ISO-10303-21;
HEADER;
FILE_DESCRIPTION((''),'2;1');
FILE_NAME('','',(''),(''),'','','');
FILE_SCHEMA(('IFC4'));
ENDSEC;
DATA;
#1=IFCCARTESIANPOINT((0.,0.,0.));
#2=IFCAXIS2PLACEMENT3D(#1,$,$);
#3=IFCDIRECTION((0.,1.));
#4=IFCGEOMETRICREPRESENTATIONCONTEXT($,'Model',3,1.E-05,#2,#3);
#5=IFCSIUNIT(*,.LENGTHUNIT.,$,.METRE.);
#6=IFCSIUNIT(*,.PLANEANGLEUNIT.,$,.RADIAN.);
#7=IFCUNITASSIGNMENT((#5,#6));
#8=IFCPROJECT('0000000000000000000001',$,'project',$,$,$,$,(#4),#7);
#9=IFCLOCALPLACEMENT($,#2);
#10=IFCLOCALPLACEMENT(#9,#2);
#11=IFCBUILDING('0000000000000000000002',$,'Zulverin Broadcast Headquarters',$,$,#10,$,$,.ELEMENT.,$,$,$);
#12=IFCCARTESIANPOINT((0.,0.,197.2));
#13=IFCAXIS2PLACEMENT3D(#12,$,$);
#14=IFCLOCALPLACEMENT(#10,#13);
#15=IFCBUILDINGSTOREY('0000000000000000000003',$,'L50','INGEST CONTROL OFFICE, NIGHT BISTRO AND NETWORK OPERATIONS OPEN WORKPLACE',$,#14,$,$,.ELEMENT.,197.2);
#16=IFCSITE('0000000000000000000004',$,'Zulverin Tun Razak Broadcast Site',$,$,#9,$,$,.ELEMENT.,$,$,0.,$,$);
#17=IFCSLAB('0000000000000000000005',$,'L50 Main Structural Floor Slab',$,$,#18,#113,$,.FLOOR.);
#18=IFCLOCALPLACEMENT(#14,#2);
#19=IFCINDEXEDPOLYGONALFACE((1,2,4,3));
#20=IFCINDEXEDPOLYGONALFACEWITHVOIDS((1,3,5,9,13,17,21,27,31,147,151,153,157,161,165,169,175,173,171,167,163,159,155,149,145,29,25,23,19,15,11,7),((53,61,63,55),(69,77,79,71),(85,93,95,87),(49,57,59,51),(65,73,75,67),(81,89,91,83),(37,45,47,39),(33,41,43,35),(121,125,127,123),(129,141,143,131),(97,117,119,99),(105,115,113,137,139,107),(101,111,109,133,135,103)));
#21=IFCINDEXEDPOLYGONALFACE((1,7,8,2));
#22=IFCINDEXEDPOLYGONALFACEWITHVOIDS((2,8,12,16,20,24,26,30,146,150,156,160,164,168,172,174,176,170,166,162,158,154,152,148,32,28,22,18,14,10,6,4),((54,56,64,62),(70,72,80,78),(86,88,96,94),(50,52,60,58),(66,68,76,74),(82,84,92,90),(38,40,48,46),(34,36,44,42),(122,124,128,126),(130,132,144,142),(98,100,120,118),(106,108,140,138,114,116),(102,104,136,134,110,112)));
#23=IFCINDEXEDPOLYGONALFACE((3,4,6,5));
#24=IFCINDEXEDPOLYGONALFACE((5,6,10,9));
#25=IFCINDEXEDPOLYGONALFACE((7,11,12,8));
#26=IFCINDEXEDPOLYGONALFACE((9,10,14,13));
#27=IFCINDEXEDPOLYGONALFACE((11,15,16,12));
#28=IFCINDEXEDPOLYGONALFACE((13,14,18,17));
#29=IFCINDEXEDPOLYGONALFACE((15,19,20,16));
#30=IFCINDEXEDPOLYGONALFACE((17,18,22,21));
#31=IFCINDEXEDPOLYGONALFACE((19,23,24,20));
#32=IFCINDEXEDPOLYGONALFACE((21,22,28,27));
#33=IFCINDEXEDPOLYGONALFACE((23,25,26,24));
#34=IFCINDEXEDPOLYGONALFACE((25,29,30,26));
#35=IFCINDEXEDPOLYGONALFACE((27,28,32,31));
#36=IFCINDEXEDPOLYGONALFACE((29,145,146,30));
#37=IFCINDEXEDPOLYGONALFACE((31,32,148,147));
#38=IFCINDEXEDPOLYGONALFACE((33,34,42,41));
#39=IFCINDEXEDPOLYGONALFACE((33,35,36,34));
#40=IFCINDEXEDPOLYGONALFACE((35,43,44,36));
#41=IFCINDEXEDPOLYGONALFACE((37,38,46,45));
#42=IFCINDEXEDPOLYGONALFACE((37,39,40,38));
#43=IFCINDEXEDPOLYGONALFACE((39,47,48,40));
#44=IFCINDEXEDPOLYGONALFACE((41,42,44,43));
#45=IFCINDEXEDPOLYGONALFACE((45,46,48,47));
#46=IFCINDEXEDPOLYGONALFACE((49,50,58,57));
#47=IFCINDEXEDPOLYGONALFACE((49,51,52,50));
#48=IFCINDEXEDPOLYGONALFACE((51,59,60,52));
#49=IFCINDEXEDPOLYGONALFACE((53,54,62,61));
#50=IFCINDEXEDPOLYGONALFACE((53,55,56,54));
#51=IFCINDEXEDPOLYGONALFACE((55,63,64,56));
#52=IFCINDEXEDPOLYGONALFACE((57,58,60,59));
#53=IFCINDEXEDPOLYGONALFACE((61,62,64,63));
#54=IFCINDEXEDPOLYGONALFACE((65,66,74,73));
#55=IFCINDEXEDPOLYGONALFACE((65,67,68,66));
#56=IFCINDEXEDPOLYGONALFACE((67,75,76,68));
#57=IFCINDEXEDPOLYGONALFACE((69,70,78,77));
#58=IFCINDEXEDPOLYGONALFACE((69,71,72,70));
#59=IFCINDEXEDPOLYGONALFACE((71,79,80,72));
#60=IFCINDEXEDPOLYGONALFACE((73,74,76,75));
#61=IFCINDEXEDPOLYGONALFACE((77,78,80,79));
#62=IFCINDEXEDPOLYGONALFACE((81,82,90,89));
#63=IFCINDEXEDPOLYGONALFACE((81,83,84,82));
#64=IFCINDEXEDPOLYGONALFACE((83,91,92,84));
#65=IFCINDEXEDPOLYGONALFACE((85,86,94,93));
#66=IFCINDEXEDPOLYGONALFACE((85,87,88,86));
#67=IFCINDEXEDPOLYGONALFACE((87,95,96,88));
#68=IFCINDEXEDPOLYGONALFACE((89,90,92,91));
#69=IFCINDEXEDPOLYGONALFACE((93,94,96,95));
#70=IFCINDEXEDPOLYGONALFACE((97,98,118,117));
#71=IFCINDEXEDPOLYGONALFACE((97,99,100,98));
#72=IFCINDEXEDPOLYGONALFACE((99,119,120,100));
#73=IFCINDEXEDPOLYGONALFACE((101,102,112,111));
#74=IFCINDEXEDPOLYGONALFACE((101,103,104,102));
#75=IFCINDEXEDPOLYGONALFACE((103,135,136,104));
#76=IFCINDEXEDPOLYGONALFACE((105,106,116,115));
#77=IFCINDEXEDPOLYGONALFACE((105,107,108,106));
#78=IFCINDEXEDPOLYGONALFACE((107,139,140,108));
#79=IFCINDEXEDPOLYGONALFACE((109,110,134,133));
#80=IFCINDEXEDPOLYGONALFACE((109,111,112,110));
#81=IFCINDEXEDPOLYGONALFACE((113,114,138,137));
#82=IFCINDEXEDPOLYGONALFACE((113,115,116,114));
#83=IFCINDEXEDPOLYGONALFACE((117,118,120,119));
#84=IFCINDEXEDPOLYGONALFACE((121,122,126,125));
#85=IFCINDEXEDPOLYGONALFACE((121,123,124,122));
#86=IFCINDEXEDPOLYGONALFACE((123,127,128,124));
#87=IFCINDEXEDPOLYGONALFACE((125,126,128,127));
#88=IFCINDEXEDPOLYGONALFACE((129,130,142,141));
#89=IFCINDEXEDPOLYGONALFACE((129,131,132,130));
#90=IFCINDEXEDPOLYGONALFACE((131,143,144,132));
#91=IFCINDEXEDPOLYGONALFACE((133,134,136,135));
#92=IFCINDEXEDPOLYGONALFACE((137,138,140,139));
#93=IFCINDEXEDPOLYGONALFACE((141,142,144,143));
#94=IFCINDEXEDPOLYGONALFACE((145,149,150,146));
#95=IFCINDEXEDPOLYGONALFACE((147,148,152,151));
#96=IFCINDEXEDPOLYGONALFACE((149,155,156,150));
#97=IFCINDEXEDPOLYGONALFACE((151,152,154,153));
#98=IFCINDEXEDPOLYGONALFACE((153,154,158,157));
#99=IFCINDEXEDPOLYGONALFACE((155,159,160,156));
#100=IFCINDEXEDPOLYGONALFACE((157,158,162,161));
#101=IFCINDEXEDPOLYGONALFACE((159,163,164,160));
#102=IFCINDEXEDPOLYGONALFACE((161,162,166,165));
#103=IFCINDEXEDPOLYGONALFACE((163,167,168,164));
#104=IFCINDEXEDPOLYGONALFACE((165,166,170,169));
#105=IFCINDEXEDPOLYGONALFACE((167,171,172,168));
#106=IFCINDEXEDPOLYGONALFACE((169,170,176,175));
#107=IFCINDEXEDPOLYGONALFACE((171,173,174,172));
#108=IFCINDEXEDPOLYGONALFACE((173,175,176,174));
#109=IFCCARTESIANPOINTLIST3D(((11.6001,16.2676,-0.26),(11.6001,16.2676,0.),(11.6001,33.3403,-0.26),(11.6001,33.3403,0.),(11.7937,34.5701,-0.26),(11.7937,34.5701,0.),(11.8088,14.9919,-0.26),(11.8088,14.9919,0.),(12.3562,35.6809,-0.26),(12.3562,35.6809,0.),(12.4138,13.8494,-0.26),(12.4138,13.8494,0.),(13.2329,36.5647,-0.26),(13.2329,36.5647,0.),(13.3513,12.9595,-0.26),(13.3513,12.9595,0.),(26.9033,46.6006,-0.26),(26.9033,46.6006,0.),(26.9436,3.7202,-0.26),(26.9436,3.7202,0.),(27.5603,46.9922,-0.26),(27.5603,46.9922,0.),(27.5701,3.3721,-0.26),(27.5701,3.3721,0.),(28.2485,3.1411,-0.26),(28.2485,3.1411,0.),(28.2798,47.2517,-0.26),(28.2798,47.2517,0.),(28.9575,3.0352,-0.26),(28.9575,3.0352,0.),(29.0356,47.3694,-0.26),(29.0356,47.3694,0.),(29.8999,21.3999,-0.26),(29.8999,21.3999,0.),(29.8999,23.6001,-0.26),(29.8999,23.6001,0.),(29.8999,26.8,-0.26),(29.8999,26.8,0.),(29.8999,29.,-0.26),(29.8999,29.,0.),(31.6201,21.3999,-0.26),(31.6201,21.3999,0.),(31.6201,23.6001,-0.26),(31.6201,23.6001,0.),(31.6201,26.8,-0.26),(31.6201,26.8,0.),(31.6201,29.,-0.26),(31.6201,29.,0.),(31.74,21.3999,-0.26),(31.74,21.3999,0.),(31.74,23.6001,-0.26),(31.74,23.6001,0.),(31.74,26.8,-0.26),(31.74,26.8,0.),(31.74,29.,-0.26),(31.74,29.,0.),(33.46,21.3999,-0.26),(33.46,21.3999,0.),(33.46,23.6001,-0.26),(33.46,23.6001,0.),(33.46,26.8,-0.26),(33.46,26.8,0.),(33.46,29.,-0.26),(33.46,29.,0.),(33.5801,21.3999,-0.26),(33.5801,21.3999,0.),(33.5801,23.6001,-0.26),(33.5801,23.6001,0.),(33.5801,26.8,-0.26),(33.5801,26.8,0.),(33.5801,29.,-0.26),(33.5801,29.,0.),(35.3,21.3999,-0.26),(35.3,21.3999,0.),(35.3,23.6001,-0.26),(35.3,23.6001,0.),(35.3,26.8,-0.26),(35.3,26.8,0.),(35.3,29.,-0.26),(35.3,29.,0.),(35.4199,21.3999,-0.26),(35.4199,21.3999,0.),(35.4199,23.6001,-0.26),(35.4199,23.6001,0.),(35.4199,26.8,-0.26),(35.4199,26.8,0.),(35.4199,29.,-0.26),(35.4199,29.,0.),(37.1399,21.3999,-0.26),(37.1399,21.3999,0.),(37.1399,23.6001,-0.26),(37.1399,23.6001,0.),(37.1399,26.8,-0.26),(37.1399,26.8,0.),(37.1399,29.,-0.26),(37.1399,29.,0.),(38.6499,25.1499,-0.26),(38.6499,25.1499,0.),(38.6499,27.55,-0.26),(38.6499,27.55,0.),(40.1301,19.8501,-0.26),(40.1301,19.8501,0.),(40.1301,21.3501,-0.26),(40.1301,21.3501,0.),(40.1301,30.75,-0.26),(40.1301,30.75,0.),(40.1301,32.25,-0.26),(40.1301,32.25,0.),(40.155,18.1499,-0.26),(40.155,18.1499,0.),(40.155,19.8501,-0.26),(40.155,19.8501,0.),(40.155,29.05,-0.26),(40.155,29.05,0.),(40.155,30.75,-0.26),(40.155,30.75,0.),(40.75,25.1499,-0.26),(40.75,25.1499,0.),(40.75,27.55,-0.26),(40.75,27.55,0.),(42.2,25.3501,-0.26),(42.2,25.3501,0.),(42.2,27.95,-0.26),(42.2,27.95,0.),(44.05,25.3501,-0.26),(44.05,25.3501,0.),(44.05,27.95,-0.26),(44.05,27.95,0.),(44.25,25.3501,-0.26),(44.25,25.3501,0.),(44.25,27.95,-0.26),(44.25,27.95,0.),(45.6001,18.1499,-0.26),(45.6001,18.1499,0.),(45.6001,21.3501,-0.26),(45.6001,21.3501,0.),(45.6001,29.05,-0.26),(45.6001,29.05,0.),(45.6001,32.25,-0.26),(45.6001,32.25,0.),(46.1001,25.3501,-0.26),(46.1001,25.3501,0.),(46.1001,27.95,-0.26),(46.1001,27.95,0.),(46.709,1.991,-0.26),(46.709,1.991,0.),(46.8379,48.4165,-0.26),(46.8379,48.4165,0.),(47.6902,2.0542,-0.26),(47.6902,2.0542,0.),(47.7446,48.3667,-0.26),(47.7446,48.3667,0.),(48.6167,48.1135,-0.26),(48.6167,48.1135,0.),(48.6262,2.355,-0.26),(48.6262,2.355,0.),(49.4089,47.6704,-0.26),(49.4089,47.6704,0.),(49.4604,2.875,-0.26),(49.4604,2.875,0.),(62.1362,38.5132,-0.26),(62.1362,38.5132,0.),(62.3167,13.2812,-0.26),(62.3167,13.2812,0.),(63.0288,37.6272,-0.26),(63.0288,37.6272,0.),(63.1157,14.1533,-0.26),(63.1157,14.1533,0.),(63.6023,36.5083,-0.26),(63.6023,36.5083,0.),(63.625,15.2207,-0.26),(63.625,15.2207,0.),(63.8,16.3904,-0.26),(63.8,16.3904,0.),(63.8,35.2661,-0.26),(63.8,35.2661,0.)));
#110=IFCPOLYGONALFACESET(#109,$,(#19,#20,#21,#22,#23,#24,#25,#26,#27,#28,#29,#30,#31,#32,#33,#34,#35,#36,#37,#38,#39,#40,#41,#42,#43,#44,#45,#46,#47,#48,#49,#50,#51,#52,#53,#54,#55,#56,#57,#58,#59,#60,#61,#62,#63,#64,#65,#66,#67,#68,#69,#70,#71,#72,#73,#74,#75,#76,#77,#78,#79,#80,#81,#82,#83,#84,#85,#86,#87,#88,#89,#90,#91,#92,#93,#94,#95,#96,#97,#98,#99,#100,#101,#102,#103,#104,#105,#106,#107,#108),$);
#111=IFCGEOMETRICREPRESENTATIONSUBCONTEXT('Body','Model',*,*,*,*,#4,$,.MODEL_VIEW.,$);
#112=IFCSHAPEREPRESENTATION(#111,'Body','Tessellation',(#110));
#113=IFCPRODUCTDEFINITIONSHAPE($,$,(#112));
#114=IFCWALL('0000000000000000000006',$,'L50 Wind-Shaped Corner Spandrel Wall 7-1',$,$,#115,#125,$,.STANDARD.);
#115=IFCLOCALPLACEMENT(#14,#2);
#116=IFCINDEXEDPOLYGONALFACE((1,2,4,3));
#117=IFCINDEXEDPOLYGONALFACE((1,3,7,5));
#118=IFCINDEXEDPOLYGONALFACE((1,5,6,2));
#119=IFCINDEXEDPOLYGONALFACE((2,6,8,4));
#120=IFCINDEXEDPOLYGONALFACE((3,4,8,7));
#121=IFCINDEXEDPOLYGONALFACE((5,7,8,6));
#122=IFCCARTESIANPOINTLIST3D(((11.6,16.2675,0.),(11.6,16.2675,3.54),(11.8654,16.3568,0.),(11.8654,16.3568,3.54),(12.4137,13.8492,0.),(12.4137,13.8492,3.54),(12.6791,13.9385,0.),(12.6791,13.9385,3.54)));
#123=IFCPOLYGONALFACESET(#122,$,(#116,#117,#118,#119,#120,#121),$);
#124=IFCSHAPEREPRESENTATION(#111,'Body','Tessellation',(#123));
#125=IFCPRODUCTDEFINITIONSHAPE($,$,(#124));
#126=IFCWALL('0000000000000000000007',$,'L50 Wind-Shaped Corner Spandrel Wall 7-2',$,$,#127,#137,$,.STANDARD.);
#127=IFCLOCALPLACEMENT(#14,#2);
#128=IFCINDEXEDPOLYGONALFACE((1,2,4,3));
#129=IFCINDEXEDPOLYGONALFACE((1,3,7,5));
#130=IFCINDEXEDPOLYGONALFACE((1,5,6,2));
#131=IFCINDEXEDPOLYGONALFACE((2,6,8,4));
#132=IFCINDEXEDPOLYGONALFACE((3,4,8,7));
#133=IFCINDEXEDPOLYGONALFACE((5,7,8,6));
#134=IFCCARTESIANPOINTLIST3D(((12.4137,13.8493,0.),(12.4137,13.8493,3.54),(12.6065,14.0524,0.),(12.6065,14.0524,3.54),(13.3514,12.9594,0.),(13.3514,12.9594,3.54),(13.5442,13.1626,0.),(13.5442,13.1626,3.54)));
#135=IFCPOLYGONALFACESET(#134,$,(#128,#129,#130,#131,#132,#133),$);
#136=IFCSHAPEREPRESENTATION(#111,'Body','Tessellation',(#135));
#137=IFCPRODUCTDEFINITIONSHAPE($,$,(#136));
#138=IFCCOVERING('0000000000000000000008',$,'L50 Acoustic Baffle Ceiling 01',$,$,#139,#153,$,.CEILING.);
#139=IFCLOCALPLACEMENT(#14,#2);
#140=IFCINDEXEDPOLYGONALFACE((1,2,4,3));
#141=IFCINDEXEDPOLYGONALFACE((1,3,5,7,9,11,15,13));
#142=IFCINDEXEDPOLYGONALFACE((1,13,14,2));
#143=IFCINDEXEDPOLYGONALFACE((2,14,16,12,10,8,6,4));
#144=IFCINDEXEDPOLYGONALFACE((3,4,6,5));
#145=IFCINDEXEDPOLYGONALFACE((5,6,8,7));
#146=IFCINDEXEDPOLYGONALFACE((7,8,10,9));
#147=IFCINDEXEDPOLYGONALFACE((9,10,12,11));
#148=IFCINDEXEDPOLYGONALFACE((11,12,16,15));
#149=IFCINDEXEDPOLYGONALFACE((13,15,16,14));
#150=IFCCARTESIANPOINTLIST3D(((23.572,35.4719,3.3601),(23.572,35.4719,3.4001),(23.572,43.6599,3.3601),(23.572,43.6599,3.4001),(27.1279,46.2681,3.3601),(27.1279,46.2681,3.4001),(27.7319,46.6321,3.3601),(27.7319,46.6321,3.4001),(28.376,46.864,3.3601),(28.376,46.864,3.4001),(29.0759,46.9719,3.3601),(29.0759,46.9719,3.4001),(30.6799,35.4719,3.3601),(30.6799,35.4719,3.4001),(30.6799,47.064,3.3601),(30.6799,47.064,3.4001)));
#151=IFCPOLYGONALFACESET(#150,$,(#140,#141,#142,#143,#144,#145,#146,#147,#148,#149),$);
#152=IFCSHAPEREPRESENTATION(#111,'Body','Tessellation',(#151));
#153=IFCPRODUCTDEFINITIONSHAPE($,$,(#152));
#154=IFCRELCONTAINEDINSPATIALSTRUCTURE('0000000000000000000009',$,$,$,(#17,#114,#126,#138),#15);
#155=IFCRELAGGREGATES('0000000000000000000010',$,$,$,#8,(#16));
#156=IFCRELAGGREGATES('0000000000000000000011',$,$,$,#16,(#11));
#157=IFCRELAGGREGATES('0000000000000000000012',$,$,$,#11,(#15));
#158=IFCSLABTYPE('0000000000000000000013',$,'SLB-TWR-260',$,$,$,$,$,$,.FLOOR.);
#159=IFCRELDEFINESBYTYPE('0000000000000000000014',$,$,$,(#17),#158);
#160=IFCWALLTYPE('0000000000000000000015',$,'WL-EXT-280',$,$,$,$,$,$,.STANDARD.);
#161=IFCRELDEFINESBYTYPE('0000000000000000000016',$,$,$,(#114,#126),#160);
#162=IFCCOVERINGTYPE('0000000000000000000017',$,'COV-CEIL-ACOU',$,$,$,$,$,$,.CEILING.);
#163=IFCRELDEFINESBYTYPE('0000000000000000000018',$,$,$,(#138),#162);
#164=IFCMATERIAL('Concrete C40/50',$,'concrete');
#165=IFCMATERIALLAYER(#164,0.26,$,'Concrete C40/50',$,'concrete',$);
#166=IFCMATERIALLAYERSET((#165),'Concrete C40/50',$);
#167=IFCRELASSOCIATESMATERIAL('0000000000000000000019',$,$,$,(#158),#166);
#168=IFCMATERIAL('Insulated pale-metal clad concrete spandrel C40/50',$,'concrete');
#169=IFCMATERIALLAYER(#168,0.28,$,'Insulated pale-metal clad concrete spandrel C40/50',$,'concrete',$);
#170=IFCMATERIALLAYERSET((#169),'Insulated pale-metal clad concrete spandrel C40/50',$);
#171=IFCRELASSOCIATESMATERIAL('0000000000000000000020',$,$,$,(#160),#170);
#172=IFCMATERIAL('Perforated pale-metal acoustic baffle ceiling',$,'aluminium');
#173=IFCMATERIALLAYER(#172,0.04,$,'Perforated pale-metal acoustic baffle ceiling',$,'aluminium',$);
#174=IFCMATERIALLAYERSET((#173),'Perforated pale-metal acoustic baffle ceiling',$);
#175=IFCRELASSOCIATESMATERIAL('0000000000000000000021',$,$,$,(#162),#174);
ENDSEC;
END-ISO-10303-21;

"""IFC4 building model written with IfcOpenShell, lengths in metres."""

from ifc_helpers import new_model, si_unit, direction, frame, frame_2d, origin, place, context, subcontext, project, spatial, polyline, rectangle, outline, extrude, material, layer, layer_set, type_object, element, save


model = new_model("IFC4")

# Units and contexts
model_context = context("Model", 3, precision=1e-05, world=origin(), true_north=direction((0.0, 1.0)))
body_context = subcontext(model_context, "Body", "Model", "MODEL_VIEW")
ifc_project = project(units=[si_unit("LENGTHUNIT", "METRE"), si_unit("PLANEANGLEUNIT", "RADIAN")], contexts=[model_context])

# Site, building, storey
site_placement = place(None, origin())
site = spatial("IfcSite", under=ifc_project, at=site_placement, Name="Zulverin Tun Razak Broadcast Site", CompositionType="ELEMENT", RefElevation=0.0)
building_placement = place(site_placement, origin())
building = spatial("IfcBuilding", under=site, at=building_placement, Name="Zulverin Broadcast Headquarters", CompositionType="ELEMENT")
storey_placement = place(building_placement, frame((0.0, 0.0, 197.2)))
storey = spatial("IfcBuildingStorey", under=building, at=storey_placement, Name="L50", Description="INGEST CONTROL OFFICE, NIGHT BISTRO AND NETWORK OPERATIONS OPEN WORKPLACE", CompositionType="ELEMENT", Elevation=197.2)

# Shared definitions
ifc_material_1 = material(Name="Concrete C40/50", Category="concrete")

# Slab
ifc_layer_1 = layer(ifc_material_1, 0.26, Name="Concrete C40/50", Category="concrete")
ifc_layer_set_1 = layer_set([ifc_layer_1], Name="Concrete C40/50")
slab_type_1 = type_object("IfcSlabType", Name="SLB-TWR-260", PredefinedType="FLOOR", material=ifc_layer_set_1)
slab_1_placement = place(storey_placement, frame((0.0, 0.0, -0.26)))
element("IfcSlab", 1, at=slab_1_placement, inside=storey, type_object=slab_type_1, Name="L50 Main Structural Floor Slab", PredefinedType="FLOOR", context=body_context, shape_type="SweptSolid", body=[
    extrude(outline(polyline([(26.9436, 3.7202), (27.5701, 3.3721), (28.2485, 3.1411), (28.9575, 3.0352), (46.709, 1.991), (47.6902, 2.0542), (48.6262, 2.355), (49.4604, 2.875), (62.3167, 13.2812), (63.1157, 14.1533), (63.625, 15.2207), (63.8, 16.3904), (63.8, 35.2661), (63.6023, 36.5083), (63.0288, 37.6272), (62.1362, 38.5132), (49.4089, 47.6704), (48.6167, 48.1135), (47.7446, 48.3667), (46.8379, 48.4165), (29.0356, 47.3694), (28.2798, 47.2517), (27.5603, 46.9922), (26.9033, 46.6006), (13.2329, 36.5647), (12.3562, 35.6809), (11.7937, 34.5701), (11.6001, 33.3403), (11.6001, 16.2676), (11.8088, 14.9919), (12.4138, 13.8494), (13.3513, 12.9595), (26.9436, 3.7202)]), holes=[polyline([(40.155, 30.75), (40.1301, 30.75), (40.1301, 32.25), (45.6001, 32.25), (45.6001, 29.05), (40.155, 29.05), (40.155, 30.75)]), polyline([(40.155, 19.8501), (40.1301, 19.8501), (40.1301, 21.3501), (45.6001, 21.3501), (45.6001, 18.1499), (40.155, 18.1499), (40.155, 19.8501)]), polyline([(29.8999, 21.3999), (31.6201, 21.3999), (31.6201, 23.6001), (29.8999, 23.6001), (29.8999, 21.3999)]), polyline([(31.74, 21.3999), (33.46, 21.3999), (33.46, 23.6001), (31.74, 23.6001), (31.74, 21.3999)]), polyline([(33.5801, 21.3999), (35.3, 21.3999), (35.3, 23.6001), (33.5801, 23.6001), (33.5801, 21.3999)]), polyline([(35.4199, 21.3999), (37.1399, 21.3999), (37.1399, 23.6001), (35.4199, 23.6001), (35.4199, 21.3999)]), polyline([(29.8999, 26.8), (31.6201, 26.8), (31.6201, 29.0), (29.8999, 29.0), (29.8999, 26.8)]), polyline([(31.74, 26.8), (33.46, 26.8), (33.46, 29.0), (31.74, 29.0), (31.74, 26.8)]), polyline([(33.5801, 26.8), (35.3, 26.8), (35.3, 29.0), (33.5801, 29.0), (33.5801, 26.8)]), polyline([(35.4199, 26.8), (37.1399, 26.8), (37.1399, 29.0), (35.4199, 29.0), (35.4199, 26.8)]), polyline([(42.2, 25.3501), (44.05, 25.3501), (44.05, 27.95), (42.2, 27.95), (42.2, 25.3501)]), polyline([(44.25, 25.3501), (46.1001, 25.3501), (46.1001, 27.95), (44.25, 27.95), (44.25, 25.3501)]), polyline([(38.6499, 25.1499), (40.75, 25.1499), (40.75, 27.55), (38.6499, 27.55), (38.6499, 25.1499)])]), origin(), (0.0, 0.0, 1.0), 0.26),
])

# Walls
ifc_material_2 = material(Name="Insulated pale-metal clad concrete spandrel C40/50", Category="concrete")
ifc_layer_2 = layer(ifc_material_2, 0.28, Name="Insulated pale-metal clad concrete spandrel C40/50", Category="concrete")
ifc_layer_set_2 = layer_set([ifc_layer_2], Name="Insulated pale-metal clad concrete spandrel C40/50")
wall_type = type_object("IfcWallType", Name="WL-EXT-280", PredefinedType="STANDARD", material=ifc_layer_set_2)
wall_1_placement = place(storey_placement, frame((11.7327, 16.3123, 0.0), z_axis=(0.0, 0.0, 1.0), x_axis=(0.318925, -0.94778, 0.0)))
element("IfcWall", 2, at=wall_1_placement, inside=storey, type_object=wall_type, Name="L50 Wind-Shaped Corner Spandrel Wall 7-1", PredefinedType="STANDARD", context=body_context, shape_type="SweptSolid", body=[
    extrude(rectangle(XDim=2.5515, YDim=0.28, at=frame_2d((1.2759, 0.0))), origin(), (0.0, 0.0, 1.0), 3.54),
])
wall_2_placement = place(storey_placement, frame((12.51, 13.9509, 0.0), z_axis=(0.0, 0.0, 1.0), x_axis=(0.725372, -0.688357, 0.0)))
element("IfcWall", 3, at=wall_2_placement, inside=storey, type_object=wall_type, Name="L50 Wind-Shaped Corner Spandrel Wall 7-2", PredefinedType="STANDARD", context=body_context, shape_type="SweptSolid", body=[
    extrude(rectangle(XDim=1.2927, YDim=0.28, at=frame_2d((0.6465, 0.0))), origin(), (0.0, 0.0, 1.0), 3.54),
])

# Covering
ifc_material_3 = material(Name="Perforated pale-metal acoustic baffle ceiling", Category="aluminium")
ifc_layer_3 = layer(ifc_material_3, 0.04, Name="Perforated pale-metal acoustic baffle ceiling", Category="aluminium")
ifc_layer_set_3 = layer_set([ifc_layer_3], Name="Perforated pale-metal acoustic baffle ceiling")
covering_type_1 = type_object("IfcCoveringType", Name="COV-CEIL-ACOU", PredefinedType="CEILING", material=ifc_layer_set_3)
covering_1_placement = place(storey_placement, frame((0.0, 0.0, 3.3601)))
element("IfcCovering", 4, at=covering_1_placement, inside=storey, type_object=covering_type_1, Name="L50 Acoustic Baffle Ceiling 01", PredefinedType="CEILING", context=body_context, shape_type="SweptSolid", body=[
    extrude(outline(polyline([(30.6799, 35.4719), (30.6799, 47.064), (29.0759, 46.9719), (28.376, 46.864), (27.7319, 46.6321), (27.1279, 46.2681), (23.572, 43.6599), (23.572, 35.4719), (30.6799, 35.4719)])), origin(), (0.0, 0.0, 1.0), 0.04),
])

save(model, "model.ifc")
